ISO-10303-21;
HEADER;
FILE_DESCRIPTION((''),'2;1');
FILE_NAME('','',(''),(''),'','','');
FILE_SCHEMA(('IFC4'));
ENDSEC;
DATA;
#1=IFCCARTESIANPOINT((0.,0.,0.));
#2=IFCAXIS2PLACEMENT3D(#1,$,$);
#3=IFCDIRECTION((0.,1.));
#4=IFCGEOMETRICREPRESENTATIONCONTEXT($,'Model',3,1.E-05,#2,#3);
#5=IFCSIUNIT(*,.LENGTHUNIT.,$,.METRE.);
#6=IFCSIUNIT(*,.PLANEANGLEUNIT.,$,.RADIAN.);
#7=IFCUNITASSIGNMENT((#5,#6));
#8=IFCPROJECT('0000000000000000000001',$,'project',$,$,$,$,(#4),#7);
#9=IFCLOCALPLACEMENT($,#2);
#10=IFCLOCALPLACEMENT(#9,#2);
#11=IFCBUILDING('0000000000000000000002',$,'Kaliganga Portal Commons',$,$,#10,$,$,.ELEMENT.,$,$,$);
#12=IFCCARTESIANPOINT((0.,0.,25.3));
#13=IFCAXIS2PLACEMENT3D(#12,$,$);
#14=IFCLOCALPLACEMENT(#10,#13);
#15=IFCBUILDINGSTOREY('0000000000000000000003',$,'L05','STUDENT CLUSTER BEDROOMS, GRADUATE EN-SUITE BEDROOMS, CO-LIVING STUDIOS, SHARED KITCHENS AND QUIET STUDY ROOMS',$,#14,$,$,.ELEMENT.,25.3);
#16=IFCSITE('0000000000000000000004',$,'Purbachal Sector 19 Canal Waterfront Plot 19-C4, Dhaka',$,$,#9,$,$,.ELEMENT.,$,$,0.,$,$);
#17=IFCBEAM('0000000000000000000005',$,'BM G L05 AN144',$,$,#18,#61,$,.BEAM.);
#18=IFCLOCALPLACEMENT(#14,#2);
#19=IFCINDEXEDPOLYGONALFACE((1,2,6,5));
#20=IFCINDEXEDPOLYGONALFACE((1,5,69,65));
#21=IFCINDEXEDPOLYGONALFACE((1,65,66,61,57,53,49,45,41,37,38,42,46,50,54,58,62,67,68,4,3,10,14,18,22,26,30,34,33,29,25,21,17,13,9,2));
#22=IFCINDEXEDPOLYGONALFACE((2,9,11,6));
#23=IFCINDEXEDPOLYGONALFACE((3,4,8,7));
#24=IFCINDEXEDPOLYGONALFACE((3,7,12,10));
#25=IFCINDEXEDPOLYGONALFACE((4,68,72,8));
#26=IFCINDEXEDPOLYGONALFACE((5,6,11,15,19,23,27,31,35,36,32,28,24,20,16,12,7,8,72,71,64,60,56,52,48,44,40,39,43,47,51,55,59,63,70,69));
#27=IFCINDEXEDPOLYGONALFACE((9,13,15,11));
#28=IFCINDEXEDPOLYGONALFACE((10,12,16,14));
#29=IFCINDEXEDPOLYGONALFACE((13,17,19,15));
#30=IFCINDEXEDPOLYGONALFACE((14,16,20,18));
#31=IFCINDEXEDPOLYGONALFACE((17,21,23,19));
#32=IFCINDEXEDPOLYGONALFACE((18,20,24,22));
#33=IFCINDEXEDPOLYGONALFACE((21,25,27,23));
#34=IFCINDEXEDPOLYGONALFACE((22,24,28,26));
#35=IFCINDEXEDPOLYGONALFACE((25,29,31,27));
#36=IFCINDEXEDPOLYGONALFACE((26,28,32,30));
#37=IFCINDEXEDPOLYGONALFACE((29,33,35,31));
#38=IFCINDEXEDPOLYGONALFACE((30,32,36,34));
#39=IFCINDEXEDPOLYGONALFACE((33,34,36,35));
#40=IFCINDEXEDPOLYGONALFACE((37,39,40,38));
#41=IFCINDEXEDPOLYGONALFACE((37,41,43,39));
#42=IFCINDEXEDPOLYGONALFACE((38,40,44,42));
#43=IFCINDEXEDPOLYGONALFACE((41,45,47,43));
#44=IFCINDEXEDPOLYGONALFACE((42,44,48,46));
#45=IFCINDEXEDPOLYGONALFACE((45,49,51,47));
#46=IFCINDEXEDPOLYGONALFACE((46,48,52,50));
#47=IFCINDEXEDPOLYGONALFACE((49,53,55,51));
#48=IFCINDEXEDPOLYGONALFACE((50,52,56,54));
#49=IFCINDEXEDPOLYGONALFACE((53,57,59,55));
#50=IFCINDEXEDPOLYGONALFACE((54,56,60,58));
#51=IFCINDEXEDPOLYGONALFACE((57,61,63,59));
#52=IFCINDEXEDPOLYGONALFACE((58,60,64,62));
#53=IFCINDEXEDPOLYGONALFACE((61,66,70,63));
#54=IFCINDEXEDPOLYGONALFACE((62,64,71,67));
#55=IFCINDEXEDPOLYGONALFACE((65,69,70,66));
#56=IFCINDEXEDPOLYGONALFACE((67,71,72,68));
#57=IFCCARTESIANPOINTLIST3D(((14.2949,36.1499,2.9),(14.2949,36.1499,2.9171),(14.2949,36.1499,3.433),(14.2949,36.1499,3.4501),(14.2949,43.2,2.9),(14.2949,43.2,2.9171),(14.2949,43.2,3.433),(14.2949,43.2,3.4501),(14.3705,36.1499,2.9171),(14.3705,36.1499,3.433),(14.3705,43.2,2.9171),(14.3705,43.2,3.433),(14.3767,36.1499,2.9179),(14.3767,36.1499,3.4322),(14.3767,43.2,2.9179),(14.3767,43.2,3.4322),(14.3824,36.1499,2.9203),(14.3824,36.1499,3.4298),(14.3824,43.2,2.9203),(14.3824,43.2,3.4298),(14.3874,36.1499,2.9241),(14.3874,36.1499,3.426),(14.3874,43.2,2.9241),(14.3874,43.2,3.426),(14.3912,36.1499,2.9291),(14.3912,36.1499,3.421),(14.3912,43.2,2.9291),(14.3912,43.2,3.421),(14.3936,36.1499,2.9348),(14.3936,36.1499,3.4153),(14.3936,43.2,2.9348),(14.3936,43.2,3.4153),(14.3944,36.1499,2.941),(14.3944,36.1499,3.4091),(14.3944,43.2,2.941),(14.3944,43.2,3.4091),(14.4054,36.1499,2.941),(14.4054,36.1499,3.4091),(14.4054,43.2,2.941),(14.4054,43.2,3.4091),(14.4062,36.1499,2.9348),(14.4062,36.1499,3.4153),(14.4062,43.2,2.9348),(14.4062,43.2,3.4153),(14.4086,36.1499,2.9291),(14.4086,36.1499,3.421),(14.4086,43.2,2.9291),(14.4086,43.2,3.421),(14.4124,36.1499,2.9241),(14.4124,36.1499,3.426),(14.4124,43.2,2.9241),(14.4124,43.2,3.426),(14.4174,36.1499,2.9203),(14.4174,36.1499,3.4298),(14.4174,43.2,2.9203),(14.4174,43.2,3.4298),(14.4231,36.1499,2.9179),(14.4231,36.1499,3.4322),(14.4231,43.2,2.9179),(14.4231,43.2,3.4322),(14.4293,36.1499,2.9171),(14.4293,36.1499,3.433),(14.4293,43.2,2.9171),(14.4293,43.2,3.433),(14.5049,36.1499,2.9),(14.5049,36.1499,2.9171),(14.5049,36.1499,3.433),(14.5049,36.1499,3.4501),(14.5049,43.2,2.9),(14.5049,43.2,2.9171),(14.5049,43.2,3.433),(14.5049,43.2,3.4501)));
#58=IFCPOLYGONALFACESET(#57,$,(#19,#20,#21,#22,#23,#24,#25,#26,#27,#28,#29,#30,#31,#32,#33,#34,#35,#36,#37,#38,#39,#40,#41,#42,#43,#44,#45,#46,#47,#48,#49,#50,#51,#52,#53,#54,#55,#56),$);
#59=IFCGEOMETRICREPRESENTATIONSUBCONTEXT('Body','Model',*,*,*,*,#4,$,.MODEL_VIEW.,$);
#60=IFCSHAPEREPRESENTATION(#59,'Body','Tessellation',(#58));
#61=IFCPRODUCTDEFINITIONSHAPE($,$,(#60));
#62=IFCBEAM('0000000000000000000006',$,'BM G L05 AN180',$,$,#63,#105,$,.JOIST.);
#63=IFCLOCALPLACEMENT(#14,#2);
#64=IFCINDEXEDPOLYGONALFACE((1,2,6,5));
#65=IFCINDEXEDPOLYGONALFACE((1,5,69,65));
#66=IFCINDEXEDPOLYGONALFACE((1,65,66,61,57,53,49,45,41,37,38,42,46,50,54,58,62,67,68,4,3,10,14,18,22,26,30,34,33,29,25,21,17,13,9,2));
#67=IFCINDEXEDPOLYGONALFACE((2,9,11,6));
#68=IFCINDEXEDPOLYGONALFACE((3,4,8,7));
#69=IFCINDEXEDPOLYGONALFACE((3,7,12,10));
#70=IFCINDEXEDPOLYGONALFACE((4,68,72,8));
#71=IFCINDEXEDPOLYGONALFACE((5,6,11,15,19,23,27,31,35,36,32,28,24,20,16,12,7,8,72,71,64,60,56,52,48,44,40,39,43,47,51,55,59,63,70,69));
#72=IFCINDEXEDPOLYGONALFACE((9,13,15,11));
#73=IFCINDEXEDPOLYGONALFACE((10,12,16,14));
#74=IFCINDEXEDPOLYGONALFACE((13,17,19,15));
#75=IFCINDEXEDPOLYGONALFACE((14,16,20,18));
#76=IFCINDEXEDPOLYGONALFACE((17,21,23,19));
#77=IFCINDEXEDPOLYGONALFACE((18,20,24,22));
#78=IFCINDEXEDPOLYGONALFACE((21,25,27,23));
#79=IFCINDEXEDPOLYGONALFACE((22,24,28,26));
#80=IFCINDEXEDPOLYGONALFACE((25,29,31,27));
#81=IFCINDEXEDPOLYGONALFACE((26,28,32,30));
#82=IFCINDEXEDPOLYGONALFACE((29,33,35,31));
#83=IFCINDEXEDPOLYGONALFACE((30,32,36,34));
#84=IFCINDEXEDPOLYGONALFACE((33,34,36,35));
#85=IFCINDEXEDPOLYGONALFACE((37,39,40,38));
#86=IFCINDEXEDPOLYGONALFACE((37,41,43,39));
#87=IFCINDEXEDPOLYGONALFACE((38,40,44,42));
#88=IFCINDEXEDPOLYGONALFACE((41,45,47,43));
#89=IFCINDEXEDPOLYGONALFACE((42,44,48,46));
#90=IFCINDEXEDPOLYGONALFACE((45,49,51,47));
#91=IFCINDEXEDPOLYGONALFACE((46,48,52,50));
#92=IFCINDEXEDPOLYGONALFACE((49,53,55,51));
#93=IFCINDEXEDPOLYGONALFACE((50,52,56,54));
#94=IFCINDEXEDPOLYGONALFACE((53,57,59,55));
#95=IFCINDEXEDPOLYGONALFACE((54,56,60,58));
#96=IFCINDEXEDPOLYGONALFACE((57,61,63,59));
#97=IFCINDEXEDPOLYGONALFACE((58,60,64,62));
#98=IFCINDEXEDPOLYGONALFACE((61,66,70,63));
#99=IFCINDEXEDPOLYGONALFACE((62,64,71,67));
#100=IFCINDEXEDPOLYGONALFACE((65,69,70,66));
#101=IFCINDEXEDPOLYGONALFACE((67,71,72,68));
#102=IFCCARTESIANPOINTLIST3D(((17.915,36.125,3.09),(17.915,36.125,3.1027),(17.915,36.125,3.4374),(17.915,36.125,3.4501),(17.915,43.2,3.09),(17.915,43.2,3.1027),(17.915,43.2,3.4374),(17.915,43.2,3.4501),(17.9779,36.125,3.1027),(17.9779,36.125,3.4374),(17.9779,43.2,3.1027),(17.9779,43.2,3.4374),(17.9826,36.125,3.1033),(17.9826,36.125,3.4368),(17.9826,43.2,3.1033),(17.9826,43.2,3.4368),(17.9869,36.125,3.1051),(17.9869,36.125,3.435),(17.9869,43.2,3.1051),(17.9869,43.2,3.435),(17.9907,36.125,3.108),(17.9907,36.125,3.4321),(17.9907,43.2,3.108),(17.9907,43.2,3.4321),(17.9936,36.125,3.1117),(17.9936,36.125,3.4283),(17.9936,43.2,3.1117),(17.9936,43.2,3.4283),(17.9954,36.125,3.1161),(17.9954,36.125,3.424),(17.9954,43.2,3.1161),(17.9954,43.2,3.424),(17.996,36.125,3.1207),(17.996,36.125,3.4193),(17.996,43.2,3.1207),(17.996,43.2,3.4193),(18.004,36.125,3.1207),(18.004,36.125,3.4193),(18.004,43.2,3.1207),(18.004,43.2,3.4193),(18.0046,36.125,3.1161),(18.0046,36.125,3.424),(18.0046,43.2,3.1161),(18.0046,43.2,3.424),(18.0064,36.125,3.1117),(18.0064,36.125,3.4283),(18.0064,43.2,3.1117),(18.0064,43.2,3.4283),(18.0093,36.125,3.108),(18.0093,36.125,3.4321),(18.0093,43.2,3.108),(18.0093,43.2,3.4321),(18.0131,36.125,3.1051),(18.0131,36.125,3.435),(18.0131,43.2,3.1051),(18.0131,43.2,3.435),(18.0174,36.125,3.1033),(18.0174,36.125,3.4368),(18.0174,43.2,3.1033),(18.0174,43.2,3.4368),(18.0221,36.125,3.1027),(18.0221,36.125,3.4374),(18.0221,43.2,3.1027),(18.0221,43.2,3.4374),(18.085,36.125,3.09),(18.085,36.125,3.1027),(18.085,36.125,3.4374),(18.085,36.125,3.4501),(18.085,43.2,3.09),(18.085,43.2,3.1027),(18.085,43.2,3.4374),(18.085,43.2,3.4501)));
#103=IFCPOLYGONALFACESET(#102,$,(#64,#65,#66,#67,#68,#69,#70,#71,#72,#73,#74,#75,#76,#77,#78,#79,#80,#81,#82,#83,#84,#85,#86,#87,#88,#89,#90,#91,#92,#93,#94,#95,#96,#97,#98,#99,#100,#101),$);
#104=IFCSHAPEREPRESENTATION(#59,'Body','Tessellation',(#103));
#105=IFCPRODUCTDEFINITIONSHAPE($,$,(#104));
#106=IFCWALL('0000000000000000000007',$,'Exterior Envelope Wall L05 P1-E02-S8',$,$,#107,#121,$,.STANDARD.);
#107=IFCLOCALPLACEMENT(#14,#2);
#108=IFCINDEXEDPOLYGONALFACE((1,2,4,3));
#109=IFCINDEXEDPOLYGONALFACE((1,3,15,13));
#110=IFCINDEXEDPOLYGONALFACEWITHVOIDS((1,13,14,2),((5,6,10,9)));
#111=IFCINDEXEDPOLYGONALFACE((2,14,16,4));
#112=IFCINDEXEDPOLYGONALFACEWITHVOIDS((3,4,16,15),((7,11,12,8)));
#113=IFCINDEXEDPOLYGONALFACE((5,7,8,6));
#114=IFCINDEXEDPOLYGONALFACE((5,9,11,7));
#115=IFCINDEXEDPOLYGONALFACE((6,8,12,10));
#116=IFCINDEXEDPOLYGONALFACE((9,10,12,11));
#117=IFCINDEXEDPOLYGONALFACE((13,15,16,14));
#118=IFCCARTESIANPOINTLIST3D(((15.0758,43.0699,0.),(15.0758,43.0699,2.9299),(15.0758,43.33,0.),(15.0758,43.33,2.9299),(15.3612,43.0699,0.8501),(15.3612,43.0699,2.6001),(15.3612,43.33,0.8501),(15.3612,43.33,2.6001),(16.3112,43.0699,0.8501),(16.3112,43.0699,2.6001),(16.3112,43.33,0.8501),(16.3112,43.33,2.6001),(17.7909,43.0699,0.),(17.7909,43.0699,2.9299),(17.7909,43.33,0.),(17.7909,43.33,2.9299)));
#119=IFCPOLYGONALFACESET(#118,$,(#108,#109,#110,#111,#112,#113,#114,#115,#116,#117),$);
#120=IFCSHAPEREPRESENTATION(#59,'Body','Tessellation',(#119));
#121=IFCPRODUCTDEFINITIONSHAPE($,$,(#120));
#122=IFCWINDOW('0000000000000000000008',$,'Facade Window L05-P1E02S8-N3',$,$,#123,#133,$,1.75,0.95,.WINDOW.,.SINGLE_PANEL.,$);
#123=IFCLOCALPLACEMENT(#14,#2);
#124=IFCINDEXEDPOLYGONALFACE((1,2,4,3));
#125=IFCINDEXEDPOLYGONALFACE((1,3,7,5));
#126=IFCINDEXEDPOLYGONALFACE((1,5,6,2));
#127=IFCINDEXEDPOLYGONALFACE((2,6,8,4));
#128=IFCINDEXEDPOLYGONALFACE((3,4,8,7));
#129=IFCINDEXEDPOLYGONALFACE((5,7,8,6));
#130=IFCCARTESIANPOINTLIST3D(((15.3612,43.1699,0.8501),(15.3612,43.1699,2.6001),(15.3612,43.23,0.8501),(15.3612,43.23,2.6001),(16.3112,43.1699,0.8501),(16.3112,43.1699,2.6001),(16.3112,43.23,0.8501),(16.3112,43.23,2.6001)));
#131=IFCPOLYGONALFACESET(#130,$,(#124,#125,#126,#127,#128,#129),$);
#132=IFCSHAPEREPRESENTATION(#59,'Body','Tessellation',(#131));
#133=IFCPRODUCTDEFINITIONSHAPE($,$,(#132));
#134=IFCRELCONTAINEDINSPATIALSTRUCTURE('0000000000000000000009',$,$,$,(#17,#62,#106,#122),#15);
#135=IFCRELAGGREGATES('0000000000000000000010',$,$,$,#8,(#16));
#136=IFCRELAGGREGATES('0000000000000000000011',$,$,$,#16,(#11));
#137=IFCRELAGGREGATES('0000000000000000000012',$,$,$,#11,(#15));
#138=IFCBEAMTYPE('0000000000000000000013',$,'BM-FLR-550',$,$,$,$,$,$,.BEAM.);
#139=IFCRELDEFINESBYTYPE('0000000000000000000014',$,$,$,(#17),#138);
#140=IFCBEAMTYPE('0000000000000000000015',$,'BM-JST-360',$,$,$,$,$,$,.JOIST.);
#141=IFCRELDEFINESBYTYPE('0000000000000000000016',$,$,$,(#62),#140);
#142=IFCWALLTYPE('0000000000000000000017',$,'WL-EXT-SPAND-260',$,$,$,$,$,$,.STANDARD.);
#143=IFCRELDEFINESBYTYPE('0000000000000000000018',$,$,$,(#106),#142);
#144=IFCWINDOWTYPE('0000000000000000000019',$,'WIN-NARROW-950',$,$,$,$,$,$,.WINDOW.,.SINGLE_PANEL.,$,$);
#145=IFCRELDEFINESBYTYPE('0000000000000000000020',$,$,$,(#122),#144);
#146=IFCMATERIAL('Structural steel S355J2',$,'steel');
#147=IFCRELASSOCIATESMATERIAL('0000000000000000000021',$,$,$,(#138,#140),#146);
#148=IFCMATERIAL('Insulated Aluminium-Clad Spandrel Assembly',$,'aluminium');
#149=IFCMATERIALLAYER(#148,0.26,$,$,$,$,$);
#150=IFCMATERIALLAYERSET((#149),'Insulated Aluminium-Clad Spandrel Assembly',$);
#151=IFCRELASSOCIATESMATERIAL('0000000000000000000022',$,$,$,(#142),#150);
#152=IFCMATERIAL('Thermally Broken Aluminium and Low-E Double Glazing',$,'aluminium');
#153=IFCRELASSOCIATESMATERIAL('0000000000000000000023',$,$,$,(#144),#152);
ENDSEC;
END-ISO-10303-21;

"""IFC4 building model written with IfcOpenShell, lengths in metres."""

from ifc_helpers import new_model, si_unit, direction, frame, frame_2d, origin, origin_2d, place, context, subcontext, project, spatial, rectangle, i_section, extrude, source, transform, mapped, material, layer, layer_set, material_profile, profile_set, type_object, element, fill, save


model = new_model("IFC4")

# Units and contexts
model_context = context("Model", 3, precision=1e-05, world=origin(), true_north=direction((0.0, 1.0)))
body_context = subcontext(model_context, "Body", "Model", "MODEL_VIEW")
ifc_project = project(units=[si_unit("LENGTHUNIT", "METRE"), si_unit("PLANEANGLEUNIT", "RADIAN")], contexts=[model_context])

# Site, building, storey
site_placement = place(None, origin())
site = spatial("IfcSite", under=ifc_project, at=site_placement, Name="Purbachal Sector 19 Canal Waterfront Plot 19-C4, Dhaka", CompositionType="ELEMENT", RefElevation=0.0)
building_placement = place(site_placement, origin())
building = spatial("IfcBuilding", under=site, at=building_placement, Name="Kaliganga Portal Commons", CompositionType="ELEMENT")
storey_placement = place(building_placement, frame((0.0, 0.0, 25.3)))
storey = spatial("IfcBuildingStorey", under=building, at=storey_placement, Name="L05", Description="STUDENT CLUSTER BEDROOMS, GRADUATE EN-SUITE BEDROOMS, CO-LIVING STUDIOS, SHARED KITCHENS AND QUIET STUDY ROOMS", CompositionType="ELEMENT", Elevation=25.3)

# Beams
ifc_material_1 = material(Name="Structural steel S355J2", Category="steel")
ifc_material_profile_1 = material_profile(ifc_material_1, i_section(OverallWidth=0.21, OverallDepth=0.55, WebThickness=0.011, FlangeThickness=0.0171, FilletRadius=0.0239, at=origin_2d()), Name="IPE 550")
ifc_profile_set_1 = profile_set([ifc_material_profile_1], Name="Structural steel S355J2 wide-flange")
beam_type_1 = type_object("IfcBeamType", Name="BM-FLR-550", PredefinedType="BEAM", material=ifc_profile_set_1)
shared_shape_1 = source(origin(), body_context, "Body", "SweptSolid", [
    extrude(i_section(OverallWidth=0.21, OverallDepth=0.55, WebThickness=0.011, FlangeThickness=0.0171, FilletRadius=0.0239, at=origin_2d()), origin(), (0.0, 0.0, 1.0), 7.05),
])
beam_1_placement = place(storey_placement, frame((14.3999, 36.1499, 3.175), z_axis=(0.0, 1.0, 0.0), x_axis=(-1.0, 0.0, 0.0)))
element("IfcBeam", 1, at=beam_1_placement, inside=storey, type_object=beam_type_1, Name="BM G L05 AN144", PredefinedType="BEAM", context=body_context, shape_type="MappedRepresentation", body=[
    mapped(shared_shape_1, transform((0.0, 0.0, 0.0), x_axis=(1.0, 0.0, 0.0), y_axis=(0.0, 1.0, 0.0), z_axis=(0.0, 0.0, 1.0), scale=1.0)),
])
ifc_material_profile_2 = material_profile(ifc_material_1, i_section(OverallWidth=0.1699, OverallDepth=0.3601, WebThickness=0.0081, FlangeThickness=0.0127, FilletRadius=0.0181, at=origin_2d()), Name="IPE 360")
ifc_profile_set_2 = profile_set([ifc_material_profile_2], Name="Structural steel S355J2 wide-flange")
beam_type_2 = type_object("IfcBeamType", Name="BM-JST-360", PredefinedType="JOIST", material=ifc_profile_set_2)
shared_shape_2 = source(origin(), body_context, "Body", "SweptSolid", [
    extrude(i_section(OverallWidth=0.1699, OverallDepth=0.3601, WebThickness=0.0081, FlangeThickness=0.0127, FilletRadius=0.0181, at=origin_2d()), origin(), (0.0, 0.0, 1.0), 7.075),
])
beam_2_placement = place(storey_placement, frame((18.0, 36.125, 3.27), z_axis=(0.0, 1.0, 0.0), x_axis=(-1.0, 0.0, 0.0)))
element("IfcBeam", 2, at=beam_2_placement, inside=storey, type_object=beam_type_2, Name="BM G L05 AN180", PredefinedType="JOIST", context=body_context, shape_type="MappedRepresentation", body=[
    mapped(shared_shape_2, transform((0.0, 0.0, 0.0), x_axis=(1.0, 0.0, 0.0), y_axis=(0.0, 1.0, 0.0), z_axis=(0.0, 0.0, 1.0), scale=1.0)),
])

# Wall, opening, window
ifc_material_2 = material(Name="Insulated Aluminium-Clad Spandrel Assembly", Category="aluminium")
ifc_layer_1 = layer(ifc_material_2, 0.26)
ifc_layer_set_1 = layer_set([ifc_layer_1], Name="Insulated Aluminium-Clad Spandrel Assembly")
wall_type_1 = type_object("IfcWallType", Name="WL-EXT-SPAND-260", PredefinedType="STANDARD", material=ifc_layer_set_1)
wall_1_placement = place(storey_placement, frame((15.0759, 43.2, 0.0), z_axis=(0.0, 0.0, 1.0), x_axis=(1.0, 0.0, 0.0)))
wall_1 = element("IfcWall", 3, at=wall_1_placement, inside=storey, type_object=wall_type_1, Name="Exterior Envelope Wall L05 P1-E02-S8", PredefinedType="STANDARD", context=body_context, shape_type="SweptSolid", body=[
    extrude(rectangle(XDim=2.7151, YDim=0.26, at=frame_2d((1.3574, 0.0))), origin(), (0.0, 0.0, 1.0), 2.9299),
])
opening_1_placement = place(wall_1_placement, frame((0.2852, 0.0, 0.8501)))
opening_1 = element("IfcOpeningElement", 4, at=opening_1_placement, cuts=wall_1, PredefinedType="OPENING", context=body_context, shape_type="SweptSolid", body=[
    extrude(rectangle(XDim=0.95, YDim=1.75, at=frame_2d((0.4751, 0.875))), frame((0.0, 0.1401, 0.0), z_axis=(0.0, -1.0, 0.0), x_axis=(1.0, 0.0, 0.0)), (0.0, 0.0, 1.0), 0.28),
])
ifc_material_3 = material(Name="Thermally Broken Aluminium and Low-E Double Glazing", Category="aluminium")
window_type_1 = type_object("IfcWindowType", Name="WIN-NARROW-950", PartitioningType="SINGLE_PANEL", PredefinedType="WINDOW", material=ifc_material_3)
window_1_placement = place(opening_1_placement, origin())
window_1 = element("IfcWindow", 5, at=window_1_placement, inside=storey, type_object=window_type_1, Name="Facade Window L05-P1E02S8-N3", OverallHeight=1.75, OverallWidth=0.95, PartitioningType="SINGLE_PANEL", PredefinedType="WINDOW", context=body_context, shape_type="SweptSolid", body=[
    extrude(rectangle(XDim=0.95, YDim=1.75, at=frame_2d((0.4751, 0.875))), frame((0.0, 0.03, 0.0), z_axis=(0.0, -1.0, 0.0), x_axis=(1.0, 0.0, 0.0)), (0.0, 0.0, 1.0), 0.0601),
])
fill(opening_1, window_1)

save(model, "model.ifc")
